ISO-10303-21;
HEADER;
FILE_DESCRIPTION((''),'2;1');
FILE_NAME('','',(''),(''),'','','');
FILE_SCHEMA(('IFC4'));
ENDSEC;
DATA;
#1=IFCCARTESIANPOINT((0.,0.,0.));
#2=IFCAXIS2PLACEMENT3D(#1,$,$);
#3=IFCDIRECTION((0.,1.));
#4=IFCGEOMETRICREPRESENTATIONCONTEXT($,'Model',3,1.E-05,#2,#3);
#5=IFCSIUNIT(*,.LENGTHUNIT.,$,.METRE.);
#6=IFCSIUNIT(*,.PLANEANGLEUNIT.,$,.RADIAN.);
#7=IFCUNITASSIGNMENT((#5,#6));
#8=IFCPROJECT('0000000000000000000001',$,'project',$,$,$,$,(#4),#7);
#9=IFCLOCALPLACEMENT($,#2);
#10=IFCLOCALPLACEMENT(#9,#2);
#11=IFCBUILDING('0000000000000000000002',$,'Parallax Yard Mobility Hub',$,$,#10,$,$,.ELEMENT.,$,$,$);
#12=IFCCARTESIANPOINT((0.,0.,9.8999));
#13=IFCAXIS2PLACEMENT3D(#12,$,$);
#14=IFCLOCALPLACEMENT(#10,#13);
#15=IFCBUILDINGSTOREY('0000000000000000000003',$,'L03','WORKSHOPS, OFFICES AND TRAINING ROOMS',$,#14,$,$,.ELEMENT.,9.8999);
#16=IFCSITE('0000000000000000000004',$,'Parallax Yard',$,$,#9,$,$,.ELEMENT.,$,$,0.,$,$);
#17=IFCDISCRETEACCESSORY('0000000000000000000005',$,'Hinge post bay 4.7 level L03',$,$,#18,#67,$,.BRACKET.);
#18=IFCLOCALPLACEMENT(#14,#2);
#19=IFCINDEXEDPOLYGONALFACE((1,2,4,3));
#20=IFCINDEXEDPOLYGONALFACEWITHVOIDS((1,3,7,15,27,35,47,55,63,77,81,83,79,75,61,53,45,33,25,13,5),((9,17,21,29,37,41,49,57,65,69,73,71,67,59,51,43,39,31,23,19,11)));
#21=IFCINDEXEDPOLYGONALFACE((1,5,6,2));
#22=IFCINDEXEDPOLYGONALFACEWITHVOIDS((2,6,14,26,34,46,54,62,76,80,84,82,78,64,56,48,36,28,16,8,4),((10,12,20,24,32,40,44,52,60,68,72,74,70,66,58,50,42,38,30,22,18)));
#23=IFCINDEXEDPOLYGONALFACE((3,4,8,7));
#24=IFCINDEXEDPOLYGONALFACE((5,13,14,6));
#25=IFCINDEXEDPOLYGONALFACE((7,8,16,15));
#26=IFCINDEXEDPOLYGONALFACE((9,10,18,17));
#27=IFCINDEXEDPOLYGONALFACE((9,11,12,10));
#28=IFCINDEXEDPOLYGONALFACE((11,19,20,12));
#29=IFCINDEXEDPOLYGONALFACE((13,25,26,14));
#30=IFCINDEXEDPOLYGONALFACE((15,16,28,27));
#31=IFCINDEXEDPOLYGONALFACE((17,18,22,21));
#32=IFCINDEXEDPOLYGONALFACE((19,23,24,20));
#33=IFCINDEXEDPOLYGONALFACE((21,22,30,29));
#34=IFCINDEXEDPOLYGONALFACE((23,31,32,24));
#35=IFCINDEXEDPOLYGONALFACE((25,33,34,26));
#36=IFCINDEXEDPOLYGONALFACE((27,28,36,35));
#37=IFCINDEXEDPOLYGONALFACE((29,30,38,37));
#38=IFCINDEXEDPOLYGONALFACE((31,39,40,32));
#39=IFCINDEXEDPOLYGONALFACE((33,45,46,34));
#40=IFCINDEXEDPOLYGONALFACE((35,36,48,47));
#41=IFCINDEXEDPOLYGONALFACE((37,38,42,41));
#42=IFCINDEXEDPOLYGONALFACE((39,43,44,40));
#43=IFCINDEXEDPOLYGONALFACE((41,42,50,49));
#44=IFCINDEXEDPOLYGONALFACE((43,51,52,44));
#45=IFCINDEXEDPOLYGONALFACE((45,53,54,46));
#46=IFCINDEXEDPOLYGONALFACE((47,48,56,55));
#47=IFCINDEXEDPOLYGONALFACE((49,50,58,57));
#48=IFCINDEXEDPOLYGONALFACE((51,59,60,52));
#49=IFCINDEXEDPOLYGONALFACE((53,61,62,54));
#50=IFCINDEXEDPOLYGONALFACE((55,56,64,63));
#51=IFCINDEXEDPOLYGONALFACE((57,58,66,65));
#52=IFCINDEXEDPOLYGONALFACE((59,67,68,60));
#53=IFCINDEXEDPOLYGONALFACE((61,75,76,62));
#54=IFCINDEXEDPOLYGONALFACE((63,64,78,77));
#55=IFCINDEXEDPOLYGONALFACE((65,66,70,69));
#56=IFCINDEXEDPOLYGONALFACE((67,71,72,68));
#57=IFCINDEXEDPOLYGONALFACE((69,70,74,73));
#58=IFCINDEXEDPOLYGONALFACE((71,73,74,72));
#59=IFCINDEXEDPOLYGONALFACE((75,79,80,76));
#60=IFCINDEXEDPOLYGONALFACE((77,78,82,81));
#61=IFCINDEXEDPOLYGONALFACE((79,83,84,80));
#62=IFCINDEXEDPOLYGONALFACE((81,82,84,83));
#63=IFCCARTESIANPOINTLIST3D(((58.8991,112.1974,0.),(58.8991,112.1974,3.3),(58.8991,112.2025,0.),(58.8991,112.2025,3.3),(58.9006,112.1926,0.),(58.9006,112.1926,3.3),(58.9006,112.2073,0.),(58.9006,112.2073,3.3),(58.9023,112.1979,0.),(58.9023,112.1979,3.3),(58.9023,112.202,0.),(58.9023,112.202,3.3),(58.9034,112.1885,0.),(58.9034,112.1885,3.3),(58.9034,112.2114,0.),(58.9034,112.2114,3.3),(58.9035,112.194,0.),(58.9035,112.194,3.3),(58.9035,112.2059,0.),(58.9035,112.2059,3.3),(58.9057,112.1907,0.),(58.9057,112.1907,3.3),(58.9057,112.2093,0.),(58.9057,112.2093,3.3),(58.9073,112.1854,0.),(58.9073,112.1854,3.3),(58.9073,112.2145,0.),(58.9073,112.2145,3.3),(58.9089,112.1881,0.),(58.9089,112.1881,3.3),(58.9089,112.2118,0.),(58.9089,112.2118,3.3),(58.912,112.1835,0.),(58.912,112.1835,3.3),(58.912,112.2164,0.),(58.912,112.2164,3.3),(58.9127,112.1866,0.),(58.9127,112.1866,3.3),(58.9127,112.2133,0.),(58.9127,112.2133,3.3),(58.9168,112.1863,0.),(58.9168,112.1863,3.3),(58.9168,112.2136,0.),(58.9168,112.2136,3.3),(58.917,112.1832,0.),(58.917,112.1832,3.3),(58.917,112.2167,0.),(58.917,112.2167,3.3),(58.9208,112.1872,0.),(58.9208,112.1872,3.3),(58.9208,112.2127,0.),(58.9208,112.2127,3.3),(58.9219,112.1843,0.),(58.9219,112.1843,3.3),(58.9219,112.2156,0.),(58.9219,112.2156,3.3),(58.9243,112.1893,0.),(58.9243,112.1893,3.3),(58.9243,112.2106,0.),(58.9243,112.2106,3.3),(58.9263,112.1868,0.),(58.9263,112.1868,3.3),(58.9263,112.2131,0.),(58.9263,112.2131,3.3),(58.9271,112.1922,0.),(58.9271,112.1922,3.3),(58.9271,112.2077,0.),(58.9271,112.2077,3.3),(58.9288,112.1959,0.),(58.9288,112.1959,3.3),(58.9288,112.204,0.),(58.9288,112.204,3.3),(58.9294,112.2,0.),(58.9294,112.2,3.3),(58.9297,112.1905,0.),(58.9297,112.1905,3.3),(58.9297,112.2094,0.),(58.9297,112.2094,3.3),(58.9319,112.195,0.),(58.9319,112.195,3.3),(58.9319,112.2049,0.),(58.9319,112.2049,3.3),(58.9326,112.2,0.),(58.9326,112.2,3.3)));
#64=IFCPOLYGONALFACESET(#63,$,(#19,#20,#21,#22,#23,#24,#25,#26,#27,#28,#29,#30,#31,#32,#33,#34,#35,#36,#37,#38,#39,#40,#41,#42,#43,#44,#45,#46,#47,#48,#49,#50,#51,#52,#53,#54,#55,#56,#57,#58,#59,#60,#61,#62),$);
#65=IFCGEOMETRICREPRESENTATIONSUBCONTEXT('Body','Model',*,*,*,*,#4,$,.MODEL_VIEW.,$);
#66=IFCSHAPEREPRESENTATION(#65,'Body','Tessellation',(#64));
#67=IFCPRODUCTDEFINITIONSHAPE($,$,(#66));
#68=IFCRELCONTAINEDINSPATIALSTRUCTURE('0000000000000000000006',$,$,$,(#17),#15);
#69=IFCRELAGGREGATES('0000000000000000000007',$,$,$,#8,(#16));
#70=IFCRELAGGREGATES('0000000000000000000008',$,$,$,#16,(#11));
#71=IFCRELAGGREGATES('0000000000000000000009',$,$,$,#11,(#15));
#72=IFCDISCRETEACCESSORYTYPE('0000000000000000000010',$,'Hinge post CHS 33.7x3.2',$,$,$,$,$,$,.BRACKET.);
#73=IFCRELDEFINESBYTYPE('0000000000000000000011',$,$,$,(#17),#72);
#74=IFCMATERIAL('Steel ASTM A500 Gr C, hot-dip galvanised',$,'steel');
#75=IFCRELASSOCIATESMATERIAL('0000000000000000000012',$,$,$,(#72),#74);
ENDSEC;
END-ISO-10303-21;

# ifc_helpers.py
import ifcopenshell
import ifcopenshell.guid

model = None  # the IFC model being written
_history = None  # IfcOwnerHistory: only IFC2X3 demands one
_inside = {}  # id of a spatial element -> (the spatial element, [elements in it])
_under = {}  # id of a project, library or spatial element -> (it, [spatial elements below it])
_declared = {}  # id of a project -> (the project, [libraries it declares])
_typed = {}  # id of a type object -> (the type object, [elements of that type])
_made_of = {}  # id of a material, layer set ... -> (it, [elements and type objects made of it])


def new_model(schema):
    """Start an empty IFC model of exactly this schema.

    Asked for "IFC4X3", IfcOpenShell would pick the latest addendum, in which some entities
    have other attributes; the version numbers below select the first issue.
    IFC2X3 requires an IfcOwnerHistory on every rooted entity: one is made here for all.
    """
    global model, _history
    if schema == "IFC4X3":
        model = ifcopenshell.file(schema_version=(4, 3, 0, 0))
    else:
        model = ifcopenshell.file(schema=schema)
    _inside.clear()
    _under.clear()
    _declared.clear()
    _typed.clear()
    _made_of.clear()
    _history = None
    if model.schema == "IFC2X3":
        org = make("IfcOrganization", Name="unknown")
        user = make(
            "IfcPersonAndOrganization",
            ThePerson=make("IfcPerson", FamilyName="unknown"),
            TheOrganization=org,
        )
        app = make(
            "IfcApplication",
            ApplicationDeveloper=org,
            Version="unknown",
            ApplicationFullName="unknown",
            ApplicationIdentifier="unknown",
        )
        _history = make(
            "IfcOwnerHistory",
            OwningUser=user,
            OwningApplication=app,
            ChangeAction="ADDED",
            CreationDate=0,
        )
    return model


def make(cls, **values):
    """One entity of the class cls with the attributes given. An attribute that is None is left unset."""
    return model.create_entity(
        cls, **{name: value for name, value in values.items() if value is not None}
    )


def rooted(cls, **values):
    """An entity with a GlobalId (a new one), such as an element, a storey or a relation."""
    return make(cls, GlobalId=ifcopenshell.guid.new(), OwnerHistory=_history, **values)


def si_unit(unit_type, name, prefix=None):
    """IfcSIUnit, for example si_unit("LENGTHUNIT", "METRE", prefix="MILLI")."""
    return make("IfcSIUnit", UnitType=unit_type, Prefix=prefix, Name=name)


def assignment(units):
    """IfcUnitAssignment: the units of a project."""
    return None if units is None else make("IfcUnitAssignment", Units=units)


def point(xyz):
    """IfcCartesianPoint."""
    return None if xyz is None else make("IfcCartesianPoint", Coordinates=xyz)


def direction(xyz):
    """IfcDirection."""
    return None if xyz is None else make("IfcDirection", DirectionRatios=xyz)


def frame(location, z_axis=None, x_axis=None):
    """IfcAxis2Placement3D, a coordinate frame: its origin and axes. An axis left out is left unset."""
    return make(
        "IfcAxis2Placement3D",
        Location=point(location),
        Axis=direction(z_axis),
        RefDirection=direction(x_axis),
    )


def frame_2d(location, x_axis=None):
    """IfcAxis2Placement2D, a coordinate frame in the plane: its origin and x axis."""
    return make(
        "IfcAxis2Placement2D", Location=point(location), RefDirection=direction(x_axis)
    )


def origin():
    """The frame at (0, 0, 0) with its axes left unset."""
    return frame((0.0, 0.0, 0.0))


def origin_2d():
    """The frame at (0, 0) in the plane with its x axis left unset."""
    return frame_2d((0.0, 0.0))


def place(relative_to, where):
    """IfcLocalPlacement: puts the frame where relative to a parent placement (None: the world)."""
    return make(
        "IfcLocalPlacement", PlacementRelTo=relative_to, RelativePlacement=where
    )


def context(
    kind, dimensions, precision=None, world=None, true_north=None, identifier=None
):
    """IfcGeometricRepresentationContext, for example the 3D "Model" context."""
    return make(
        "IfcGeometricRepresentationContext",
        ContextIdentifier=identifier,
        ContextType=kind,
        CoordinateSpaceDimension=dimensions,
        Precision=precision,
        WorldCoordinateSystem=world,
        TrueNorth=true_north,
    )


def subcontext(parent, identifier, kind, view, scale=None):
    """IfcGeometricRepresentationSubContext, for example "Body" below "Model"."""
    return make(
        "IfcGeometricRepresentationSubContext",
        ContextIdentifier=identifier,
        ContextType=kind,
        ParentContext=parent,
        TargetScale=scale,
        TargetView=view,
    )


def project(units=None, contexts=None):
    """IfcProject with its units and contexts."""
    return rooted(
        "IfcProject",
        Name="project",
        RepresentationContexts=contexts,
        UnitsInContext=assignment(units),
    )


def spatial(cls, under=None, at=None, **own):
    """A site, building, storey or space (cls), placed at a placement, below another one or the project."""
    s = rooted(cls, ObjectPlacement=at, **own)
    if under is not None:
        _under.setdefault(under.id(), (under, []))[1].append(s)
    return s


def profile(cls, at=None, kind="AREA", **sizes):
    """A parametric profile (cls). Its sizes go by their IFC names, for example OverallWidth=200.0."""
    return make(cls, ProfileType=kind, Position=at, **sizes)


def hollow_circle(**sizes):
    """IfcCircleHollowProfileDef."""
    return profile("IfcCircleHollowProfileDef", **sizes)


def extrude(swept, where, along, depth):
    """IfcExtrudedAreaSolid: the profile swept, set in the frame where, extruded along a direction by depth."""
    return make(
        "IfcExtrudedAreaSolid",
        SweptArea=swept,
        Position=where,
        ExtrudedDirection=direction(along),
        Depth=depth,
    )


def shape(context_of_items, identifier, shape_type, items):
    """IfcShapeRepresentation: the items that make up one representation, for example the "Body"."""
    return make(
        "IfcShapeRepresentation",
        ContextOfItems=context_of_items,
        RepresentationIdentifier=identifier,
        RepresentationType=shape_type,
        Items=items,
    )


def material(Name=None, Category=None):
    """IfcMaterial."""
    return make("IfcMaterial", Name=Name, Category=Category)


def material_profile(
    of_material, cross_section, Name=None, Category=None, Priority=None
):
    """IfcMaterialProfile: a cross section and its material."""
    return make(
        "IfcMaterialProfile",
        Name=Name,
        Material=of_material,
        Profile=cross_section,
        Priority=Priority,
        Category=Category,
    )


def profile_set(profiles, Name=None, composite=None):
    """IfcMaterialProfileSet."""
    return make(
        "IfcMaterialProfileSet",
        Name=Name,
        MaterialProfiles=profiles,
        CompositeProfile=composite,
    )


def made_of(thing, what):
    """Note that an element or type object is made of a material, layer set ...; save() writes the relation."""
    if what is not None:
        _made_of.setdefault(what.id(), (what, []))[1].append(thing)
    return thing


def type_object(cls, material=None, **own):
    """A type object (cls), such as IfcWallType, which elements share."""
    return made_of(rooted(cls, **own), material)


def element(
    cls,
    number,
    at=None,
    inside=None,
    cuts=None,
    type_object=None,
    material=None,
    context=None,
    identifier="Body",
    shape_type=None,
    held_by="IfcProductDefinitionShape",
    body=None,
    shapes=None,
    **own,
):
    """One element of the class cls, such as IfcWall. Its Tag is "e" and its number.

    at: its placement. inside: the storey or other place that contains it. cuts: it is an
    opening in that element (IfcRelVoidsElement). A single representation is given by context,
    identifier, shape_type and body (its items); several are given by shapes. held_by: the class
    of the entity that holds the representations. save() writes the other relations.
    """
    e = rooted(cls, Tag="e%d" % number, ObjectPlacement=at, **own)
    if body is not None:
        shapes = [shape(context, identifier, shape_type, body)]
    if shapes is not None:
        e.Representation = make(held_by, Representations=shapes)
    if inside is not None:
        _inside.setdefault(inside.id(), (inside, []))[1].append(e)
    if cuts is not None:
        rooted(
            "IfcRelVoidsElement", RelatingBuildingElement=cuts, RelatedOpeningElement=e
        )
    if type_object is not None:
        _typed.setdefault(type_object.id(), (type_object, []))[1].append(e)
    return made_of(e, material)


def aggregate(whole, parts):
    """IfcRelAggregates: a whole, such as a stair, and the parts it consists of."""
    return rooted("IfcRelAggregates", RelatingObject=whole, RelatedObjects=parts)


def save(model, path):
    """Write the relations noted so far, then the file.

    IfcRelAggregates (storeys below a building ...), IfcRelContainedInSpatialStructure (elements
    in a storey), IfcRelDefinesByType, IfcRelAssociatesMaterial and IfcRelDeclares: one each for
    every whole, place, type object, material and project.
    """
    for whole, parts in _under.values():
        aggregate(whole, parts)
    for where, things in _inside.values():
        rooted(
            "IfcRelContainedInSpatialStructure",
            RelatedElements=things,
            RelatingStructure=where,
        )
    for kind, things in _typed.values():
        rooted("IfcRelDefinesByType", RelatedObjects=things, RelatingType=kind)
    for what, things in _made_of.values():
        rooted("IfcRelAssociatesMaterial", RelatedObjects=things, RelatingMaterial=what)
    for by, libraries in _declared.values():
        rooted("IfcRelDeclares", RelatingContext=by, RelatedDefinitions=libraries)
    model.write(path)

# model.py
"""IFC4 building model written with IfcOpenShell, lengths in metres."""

from ifc_helpers import new_model, si_unit, direction, frame, origin, origin_2d, place, context, subcontext, project, spatial, hollow_circle, extrude, material, material_profile, profile_set, type_object, element, save


model = new_model("IFC4")

# Units and contexts
model_context = context("Model", 3, precision=1e-05, world=origin(), true_north=direction((0.0, 1.0)))
body_context = subcontext(model_context, "Body", "Model", "MODEL_VIEW")
ifc_project = project(units=[si_unit("LENGTHUNIT", "METRE"), si_unit("PLANEANGLEUNIT", "RADIAN")], contexts=[model_context])

# Site, building, storey
site_placement = place(None, origin())
site = spatial("IfcSite", under=ifc_project, at=site_placement, Name="Parallax Yard", CompositionType="ELEMENT", RefElevation=0.0)
building_placement = place(site_placement, origin())
building = spatial("IfcBuilding", under=site, at=building_placement, Name="Parallax Yard Mobility Hub", CompositionType="ELEMENT")
storey_placement = place(building_placement, frame((0.0, 0.0, 9.8999)))
storey = spatial("IfcBuildingStorey", under=building, at=storey_placement, Name="L03", Description="WORKSHOPS, OFFICES AND TRAINING ROOMS", CompositionType="ELEMENT", Elevation=9.8999)

# Discrete accessory
ifc_material_1 = material(Name="Steel ASTM A500 Gr C, hot-dip galvanised", Category="steel")
ifc_material_profile_1 = material_profile(ifc_material_1, hollow_circle(Radius=0.0168, WallThickness=0.0032, at=origin_2d()), Name="CHS 33.7x3.2")
ifc_profile_set_1 = profile_set([ifc_material_profile_1], Name="Steel ASTM A500 Gr C, hot-dip galvanised")
discrete_accessory_type_1 = type_object("IfcDiscreteAccessoryType", Name="Hinge post CHS 33.7x3.2", PredefinedType="BRACKET", material=ifc_profile_set_1)
for number, where, z_axis, x_axis, name in (
    (1, (58.9158, 112.2, 0.0), (0.0, 0.0, 1.0), (1.0, 0.0, 0.0), "Hinge post bay 4.7 level L03"),
):
    element("IfcDiscreteAccessory", number, at=place(storey_placement, frame(where, z_axis=z_axis, x_axis=x_axis)), inside=storey, type_object=discrete_accessory_type_1, Name=name, PredefinedType="BRACKET", context=body_context, shape_type="SweptSolid", body=[
        extrude(hollow_circle(Radius=0.0168, WallThickness=0.0032, at=origin_2d()), origin(), (0.0, 0.0, 1.0), 3.3),
    ])

save(model, "model.ifc")
